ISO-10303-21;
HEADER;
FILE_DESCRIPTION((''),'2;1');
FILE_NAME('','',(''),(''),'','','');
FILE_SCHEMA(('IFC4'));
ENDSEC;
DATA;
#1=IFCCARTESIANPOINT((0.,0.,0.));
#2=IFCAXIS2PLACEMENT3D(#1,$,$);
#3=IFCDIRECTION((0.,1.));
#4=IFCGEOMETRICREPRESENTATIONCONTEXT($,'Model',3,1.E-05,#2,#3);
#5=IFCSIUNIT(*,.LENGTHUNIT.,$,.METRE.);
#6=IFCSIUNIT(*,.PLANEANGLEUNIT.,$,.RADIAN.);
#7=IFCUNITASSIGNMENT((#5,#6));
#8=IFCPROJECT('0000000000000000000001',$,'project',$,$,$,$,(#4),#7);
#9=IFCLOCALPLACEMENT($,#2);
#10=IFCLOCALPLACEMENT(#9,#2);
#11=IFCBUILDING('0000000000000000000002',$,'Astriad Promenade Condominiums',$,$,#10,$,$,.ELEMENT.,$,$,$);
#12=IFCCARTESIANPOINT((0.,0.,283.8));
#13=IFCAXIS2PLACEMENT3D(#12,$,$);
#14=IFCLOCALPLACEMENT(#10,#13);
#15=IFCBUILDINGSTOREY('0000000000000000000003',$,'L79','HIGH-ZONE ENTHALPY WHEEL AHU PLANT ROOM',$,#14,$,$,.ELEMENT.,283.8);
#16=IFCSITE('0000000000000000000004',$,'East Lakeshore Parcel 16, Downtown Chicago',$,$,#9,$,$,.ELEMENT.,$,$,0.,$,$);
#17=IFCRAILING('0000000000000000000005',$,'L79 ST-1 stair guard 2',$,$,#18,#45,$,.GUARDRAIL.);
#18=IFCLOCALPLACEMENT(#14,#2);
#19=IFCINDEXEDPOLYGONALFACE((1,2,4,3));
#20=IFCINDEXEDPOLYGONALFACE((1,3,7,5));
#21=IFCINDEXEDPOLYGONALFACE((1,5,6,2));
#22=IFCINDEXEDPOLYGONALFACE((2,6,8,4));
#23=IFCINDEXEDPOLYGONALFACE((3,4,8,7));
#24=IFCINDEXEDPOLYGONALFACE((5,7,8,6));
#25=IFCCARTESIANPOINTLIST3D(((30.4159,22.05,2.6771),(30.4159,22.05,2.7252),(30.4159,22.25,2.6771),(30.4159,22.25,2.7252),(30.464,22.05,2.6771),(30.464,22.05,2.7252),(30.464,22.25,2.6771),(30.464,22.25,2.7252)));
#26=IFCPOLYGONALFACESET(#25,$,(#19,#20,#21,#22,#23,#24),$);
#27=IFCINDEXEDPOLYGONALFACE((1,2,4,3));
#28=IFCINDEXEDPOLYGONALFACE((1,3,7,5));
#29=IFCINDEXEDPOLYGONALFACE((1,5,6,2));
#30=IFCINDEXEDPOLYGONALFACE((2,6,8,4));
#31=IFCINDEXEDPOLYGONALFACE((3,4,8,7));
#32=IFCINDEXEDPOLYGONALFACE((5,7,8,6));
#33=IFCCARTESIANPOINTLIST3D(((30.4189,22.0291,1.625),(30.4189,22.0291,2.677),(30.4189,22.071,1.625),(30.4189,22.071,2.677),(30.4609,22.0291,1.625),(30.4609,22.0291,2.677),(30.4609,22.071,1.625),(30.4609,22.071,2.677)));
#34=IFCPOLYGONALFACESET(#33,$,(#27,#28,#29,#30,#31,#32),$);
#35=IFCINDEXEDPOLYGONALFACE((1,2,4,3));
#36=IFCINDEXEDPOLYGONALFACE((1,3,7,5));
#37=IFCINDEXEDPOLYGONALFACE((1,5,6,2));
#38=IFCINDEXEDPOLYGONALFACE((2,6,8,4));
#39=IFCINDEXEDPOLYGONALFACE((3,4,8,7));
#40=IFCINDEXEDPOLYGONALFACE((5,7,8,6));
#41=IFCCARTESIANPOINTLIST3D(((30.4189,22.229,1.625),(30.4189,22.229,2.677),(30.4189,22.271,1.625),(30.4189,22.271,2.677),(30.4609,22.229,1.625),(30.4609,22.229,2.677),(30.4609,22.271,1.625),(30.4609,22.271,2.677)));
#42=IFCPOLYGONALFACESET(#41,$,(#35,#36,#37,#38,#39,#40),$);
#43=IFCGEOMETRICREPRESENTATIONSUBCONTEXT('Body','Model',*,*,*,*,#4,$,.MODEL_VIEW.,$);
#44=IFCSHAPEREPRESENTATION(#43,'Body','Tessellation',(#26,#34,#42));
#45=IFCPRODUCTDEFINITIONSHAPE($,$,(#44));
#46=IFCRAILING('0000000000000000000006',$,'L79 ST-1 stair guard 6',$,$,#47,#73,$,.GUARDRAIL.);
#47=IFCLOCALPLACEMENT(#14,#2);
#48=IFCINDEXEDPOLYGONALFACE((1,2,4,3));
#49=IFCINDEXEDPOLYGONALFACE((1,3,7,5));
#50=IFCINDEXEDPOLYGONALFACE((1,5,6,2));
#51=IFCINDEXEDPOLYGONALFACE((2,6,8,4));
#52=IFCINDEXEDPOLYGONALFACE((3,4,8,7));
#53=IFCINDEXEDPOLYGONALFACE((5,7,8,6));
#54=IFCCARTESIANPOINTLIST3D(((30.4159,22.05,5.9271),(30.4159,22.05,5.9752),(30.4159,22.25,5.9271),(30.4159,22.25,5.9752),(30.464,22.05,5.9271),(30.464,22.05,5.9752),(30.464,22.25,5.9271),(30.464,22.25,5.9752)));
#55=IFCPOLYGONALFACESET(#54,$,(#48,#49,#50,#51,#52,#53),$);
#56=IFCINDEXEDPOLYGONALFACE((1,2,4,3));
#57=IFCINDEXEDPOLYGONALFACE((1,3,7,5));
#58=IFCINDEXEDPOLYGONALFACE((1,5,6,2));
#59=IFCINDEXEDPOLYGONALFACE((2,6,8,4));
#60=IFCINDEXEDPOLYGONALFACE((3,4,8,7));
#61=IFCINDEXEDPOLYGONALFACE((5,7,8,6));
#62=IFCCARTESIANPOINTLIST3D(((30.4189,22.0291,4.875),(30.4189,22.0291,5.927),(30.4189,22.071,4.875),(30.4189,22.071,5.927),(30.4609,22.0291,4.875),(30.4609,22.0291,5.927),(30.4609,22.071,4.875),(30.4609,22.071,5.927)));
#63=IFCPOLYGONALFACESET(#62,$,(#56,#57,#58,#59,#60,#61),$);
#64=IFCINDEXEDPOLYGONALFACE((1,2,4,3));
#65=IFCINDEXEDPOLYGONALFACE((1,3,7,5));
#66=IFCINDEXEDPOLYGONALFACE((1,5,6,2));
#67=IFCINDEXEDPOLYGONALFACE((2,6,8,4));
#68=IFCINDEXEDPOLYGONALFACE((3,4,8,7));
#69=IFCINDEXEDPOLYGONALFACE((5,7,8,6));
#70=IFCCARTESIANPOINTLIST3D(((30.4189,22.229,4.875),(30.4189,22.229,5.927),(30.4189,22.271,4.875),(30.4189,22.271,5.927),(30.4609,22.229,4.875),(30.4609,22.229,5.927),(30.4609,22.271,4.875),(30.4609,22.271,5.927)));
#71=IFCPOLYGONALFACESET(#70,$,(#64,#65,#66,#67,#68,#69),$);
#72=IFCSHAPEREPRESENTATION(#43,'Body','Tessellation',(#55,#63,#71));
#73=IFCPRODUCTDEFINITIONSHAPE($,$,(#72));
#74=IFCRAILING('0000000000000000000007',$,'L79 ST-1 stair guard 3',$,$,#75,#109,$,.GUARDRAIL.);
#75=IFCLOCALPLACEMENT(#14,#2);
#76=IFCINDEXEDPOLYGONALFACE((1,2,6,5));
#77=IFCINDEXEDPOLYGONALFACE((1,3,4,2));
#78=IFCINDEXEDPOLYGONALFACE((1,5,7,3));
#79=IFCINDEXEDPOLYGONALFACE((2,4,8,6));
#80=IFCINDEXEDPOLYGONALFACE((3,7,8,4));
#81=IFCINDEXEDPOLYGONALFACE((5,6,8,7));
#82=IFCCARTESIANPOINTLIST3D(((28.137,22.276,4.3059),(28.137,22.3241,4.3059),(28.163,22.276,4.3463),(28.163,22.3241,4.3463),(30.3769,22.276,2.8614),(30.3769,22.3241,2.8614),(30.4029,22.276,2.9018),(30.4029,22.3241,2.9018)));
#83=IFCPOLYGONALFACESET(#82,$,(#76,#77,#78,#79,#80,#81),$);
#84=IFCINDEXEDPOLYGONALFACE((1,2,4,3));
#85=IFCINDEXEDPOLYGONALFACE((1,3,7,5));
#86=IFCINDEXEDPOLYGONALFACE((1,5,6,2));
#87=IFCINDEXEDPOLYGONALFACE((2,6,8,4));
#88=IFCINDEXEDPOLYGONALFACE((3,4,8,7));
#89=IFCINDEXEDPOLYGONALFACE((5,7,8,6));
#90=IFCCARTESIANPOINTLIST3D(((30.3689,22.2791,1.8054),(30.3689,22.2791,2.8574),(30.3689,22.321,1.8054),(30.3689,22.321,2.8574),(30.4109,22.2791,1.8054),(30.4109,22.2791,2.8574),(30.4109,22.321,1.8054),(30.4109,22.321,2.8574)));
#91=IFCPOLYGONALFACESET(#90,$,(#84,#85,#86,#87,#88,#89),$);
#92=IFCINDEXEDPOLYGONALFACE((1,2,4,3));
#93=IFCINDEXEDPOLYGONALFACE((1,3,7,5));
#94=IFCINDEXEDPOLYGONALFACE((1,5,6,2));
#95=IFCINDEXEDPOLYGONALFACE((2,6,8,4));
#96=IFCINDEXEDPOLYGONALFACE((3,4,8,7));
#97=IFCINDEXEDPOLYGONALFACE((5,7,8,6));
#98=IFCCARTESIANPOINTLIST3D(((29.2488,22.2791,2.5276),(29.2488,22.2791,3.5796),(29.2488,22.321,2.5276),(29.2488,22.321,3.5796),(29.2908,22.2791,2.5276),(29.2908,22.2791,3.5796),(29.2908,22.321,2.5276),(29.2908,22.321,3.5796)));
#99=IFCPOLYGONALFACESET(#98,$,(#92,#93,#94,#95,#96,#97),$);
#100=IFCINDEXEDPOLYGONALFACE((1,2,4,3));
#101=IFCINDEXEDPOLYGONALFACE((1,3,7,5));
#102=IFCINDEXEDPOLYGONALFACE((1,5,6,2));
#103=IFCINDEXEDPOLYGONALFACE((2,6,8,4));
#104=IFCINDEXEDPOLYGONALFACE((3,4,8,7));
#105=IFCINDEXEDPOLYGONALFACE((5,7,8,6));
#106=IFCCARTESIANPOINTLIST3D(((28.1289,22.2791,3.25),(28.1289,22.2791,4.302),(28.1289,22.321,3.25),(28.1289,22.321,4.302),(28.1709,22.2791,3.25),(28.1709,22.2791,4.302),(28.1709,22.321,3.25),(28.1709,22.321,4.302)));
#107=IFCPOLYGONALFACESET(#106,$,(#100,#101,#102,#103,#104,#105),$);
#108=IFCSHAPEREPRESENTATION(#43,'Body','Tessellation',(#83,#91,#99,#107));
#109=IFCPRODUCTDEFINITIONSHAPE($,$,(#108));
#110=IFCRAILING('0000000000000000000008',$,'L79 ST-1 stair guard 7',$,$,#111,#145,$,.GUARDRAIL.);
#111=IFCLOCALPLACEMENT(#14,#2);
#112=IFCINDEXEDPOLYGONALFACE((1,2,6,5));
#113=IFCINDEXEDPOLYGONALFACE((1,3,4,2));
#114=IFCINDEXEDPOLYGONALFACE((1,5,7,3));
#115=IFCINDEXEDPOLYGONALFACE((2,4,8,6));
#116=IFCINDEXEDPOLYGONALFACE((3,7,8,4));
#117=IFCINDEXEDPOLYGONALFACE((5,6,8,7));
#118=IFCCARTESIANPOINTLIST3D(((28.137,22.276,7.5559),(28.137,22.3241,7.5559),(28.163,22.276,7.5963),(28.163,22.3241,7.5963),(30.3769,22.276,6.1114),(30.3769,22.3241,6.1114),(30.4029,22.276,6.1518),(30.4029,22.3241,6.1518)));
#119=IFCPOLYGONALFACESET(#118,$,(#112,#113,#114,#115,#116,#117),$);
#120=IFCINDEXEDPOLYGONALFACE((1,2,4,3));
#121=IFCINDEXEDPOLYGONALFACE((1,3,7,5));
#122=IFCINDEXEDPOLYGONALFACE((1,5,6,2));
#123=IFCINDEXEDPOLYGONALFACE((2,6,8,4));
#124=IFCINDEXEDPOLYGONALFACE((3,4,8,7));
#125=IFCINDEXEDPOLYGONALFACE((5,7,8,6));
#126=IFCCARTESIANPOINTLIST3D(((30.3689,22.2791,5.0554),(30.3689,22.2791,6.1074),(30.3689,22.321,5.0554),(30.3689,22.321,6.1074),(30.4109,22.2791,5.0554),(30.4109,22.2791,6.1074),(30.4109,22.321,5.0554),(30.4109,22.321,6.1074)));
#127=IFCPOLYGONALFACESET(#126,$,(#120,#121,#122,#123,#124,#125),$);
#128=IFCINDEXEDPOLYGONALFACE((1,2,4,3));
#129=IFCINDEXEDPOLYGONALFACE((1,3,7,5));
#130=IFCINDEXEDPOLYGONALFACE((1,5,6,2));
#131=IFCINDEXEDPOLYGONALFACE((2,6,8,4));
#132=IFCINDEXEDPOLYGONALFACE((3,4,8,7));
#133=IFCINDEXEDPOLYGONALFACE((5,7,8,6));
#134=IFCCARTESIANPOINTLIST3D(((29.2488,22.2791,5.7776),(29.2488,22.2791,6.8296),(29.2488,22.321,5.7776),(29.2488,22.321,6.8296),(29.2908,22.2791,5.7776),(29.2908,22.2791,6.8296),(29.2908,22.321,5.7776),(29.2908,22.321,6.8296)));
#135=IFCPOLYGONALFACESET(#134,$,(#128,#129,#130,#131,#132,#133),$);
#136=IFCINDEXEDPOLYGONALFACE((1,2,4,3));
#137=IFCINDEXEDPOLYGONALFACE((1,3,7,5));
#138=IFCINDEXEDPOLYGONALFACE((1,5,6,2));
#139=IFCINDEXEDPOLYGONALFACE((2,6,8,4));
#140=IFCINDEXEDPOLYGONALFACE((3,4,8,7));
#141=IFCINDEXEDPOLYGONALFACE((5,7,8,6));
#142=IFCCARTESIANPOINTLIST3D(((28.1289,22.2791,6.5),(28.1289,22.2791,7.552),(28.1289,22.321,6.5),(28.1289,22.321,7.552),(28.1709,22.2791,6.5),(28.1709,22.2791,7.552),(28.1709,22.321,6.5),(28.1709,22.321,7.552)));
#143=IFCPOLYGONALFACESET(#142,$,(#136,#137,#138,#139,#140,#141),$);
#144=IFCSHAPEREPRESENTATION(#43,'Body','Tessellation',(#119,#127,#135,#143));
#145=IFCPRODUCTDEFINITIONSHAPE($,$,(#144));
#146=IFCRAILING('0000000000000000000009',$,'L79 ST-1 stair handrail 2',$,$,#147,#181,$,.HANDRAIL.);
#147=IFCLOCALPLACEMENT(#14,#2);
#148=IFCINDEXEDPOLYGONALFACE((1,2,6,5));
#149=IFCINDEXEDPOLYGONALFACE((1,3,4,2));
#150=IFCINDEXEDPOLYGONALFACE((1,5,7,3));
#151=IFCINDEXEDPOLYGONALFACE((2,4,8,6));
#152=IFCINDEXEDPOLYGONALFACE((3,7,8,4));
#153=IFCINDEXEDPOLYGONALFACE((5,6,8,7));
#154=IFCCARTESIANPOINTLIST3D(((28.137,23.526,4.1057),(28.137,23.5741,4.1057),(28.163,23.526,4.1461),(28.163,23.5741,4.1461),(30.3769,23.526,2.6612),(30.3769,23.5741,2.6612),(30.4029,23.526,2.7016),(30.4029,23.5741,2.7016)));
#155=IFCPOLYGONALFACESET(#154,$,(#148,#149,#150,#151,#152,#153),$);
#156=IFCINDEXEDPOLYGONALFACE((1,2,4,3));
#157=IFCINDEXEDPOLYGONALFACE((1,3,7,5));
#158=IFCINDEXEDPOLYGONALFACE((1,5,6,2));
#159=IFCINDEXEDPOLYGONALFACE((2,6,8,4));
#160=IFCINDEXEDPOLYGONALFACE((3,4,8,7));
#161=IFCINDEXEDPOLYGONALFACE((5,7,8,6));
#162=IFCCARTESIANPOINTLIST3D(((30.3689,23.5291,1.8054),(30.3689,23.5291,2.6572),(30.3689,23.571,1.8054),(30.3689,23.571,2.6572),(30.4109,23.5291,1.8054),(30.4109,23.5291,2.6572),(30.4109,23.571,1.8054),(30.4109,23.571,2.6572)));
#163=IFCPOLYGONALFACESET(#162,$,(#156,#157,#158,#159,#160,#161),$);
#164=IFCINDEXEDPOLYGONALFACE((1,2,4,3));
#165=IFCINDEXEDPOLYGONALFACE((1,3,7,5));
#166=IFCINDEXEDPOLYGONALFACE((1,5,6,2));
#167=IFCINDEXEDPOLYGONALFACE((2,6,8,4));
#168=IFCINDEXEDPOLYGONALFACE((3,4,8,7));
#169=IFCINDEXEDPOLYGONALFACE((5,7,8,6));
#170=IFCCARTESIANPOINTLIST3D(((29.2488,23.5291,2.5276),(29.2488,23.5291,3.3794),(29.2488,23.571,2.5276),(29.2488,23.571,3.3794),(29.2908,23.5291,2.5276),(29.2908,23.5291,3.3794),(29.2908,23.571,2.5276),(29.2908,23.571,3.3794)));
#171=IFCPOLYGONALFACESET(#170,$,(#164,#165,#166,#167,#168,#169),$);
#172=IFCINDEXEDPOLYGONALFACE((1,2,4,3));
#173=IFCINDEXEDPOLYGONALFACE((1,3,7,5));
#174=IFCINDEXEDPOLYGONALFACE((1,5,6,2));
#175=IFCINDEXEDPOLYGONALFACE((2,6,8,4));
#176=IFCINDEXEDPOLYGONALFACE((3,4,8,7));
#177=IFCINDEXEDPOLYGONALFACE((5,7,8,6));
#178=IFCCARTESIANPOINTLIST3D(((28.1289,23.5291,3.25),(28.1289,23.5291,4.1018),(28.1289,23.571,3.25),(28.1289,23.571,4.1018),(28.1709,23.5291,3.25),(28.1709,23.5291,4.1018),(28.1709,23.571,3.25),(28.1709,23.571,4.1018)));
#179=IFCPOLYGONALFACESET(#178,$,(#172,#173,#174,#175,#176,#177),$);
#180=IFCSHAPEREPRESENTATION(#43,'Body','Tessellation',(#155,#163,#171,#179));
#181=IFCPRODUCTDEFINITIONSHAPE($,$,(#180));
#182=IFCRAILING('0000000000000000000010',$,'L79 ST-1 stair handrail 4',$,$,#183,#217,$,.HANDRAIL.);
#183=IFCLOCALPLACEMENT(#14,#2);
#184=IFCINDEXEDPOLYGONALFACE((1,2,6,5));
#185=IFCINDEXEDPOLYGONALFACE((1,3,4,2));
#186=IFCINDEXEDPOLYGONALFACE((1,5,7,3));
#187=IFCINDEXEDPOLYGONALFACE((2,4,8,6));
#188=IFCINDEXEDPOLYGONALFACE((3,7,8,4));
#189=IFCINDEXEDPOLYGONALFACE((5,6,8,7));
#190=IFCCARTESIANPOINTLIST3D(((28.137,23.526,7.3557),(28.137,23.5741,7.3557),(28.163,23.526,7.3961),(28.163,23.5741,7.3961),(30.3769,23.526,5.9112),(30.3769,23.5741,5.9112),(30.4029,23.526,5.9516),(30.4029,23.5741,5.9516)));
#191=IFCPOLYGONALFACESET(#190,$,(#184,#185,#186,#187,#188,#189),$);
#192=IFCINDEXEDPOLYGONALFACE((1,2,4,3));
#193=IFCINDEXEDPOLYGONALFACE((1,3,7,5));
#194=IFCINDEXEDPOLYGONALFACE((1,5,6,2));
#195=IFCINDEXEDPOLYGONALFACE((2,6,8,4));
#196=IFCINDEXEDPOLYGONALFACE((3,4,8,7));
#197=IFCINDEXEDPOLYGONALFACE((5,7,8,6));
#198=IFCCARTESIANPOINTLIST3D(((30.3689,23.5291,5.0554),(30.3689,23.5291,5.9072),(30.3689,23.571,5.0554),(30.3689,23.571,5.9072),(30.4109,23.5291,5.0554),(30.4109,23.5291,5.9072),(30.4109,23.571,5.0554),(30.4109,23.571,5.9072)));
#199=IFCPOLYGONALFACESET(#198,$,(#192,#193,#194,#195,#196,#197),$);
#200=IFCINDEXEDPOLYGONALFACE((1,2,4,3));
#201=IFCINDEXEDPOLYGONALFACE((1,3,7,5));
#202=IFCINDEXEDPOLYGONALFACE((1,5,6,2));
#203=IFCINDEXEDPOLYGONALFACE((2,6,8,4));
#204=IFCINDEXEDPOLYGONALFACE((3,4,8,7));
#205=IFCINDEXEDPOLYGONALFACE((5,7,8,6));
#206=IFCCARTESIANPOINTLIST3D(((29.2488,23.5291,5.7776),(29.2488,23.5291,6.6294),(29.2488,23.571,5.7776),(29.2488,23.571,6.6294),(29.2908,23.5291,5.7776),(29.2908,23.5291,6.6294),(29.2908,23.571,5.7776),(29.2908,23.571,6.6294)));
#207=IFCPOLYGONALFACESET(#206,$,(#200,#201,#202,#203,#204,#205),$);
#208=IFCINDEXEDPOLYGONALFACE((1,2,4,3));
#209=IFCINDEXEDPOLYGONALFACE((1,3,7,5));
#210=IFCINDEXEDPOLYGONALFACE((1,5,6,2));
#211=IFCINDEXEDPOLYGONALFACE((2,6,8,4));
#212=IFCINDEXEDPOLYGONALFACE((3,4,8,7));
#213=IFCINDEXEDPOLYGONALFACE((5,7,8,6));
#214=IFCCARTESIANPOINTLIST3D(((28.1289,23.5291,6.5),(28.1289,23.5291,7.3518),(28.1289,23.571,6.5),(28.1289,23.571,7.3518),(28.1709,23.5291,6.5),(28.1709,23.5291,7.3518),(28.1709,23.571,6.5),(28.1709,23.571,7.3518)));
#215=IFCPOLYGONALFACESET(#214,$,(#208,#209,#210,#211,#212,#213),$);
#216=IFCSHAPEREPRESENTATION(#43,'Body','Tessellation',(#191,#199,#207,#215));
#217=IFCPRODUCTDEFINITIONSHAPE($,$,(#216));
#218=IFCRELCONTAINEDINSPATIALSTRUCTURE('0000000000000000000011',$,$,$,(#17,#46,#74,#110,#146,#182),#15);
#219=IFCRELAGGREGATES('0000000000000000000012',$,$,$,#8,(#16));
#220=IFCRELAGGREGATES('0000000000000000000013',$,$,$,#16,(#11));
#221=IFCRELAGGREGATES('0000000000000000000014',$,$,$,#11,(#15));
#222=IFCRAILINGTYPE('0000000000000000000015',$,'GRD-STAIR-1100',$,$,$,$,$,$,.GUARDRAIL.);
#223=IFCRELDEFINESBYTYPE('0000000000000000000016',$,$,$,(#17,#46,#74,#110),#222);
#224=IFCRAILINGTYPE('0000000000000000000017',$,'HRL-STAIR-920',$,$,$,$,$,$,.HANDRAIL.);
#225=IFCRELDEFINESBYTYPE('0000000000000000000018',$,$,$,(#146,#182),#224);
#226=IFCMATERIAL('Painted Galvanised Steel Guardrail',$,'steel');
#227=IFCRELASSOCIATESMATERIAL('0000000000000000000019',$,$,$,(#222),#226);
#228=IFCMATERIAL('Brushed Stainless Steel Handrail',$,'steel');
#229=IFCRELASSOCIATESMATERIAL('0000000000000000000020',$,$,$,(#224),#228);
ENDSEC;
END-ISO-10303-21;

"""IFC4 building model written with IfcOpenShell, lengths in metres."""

from ifc_helpers import new_model, si_unit, direction, frame, origin, origin_2d, place, context, subcontext, project, spatial, rectangle, extrude, source, transform, mapped, material, type_object, type_shapes, element, save


model = new_model("IFC4")

# Units and contexts
model_context = context("Model", 3, precision=1e-05, world=origin(), true_north=direction((0.0, 1.0)))
body_context = subcontext(model_context, "Body", "Model", "MODEL_VIEW")
ifc_project = project(units=[si_unit("LENGTHUNIT", "METRE"), si_unit("PLANEANGLEUNIT", "RADIAN")], contexts=[model_context])

# Site, building, storey
site_placement = place(None, origin())
site = spatial("IfcSite", under=ifc_project, at=site_placement, Name="East Lakeshore Parcel 16, Downtown Chicago", CompositionType="ELEMENT", RefElevation=0.0)
building_placement = place(site_placement, origin())
building = spatial("IfcBuilding", under=site, at=building_placement, Name="Astriad Promenade Condominiums", CompositionType="ELEMENT")
storey_placement = place(building_placement, frame((0.0, 0.0, 283.8)))
storey = spatial("IfcBuildingStorey", under=building, at=storey_placement, Name="L79", Description="HIGH-ZONE ENTHALPY WHEEL AHU PLANT ROOM", CompositionType="ELEMENT", Elevation=283.8)

# Railings
ifc_material_1 = material(Name="Painted Galvanised Steel Guardrail", Category="steel")
railing_type_1 = type_object("IfcRailingType", Name="GRD-STAIR-1100", PredefinedType="GUARDRAIL", material=ifc_material_1)
shared_shape_1 = source(origin(), body_context, "Body", "SweptSolid", [
    extrude(rectangle(XDim=0.0481, YDim=0.0481, at=origin_2d()), frame((0.0, 0.0, 1.0762), z_axis=(0.0, 1.0, 0.0), x_axis=(-1.0, 0.0, 0.0)), (0.0, 0.0, 1.0), 0.2),
    extrude(rectangle(XDim=0.042, YDim=0.042, at=origin_2d()), origin(), (0.0, 0.0, 1.0), 1.052),
    extrude(rectangle(XDim=0.042, YDim=0.042, at=origin_2d()), frame((0.0, 0.2, 0.0)), (0.0, 0.0, 1.0), 1.052),
])
for number, where, name in (
    (1, (30.4399, 22.05, 1.625), "L79 ST-1 stair guard 2"),
    (2, (30.4399, 22.05, 4.875), "L79 ST-1 stair guard 6"),
):
    element("IfcRailing", number, at=place(storey_placement, frame(where)), inside=storey, type_object=railing_type_1, Name=name, PredefinedType="GUARDRAIL", context=body_context, shape_type="MappedRepresentation", body=[
        mapped(shared_shape_1, transform((0.0, 0.0, 0.0), scale=1.0)),
    ])
shared_shape_2 = source(origin(), body_context, "Body", "SweptSolid", [
    extrude(rectangle(XDim=0.0481, YDim=0.0481, at=origin_2d()), frame((0.0, 0.0, 1.0762), z_axis=(-0.840395, 0.0, 0.541975), x_axis=(0.0, -1.0, 0.0)), (0.0, 0.0, 1.0), 2.6653),
    extrude(rectangle(XDim=0.042, YDim=0.042, at=origin_2d()), origin(), (0.0, 0.0, 1.0), 1.052),
    extrude(rectangle(XDim=0.042, YDim=0.042, at=origin_2d()), frame((-1.1201, 0.0, 0.7222)), (0.0, 0.0, 1.0), 1.052),
    extrude(rectangle(XDim=0.042, YDim=0.042, at=origin_2d()), frame((-2.24, 0.0, 1.4446)), (0.0, 0.0, 1.0), 1.052),
])
type_shapes(railing_type_1, [shared_shape_1, shared_shape_2])
for number, where, name in (
    (3, (30.3899, 22.3, 1.8054), "L79 ST-1 stair guard 3"),
    (4, (30.3899, 22.3, 5.0554), "L79 ST-1 stair guard 7"),
):
    element("IfcRailing", number, at=place(storey_placement, frame(where)), inside=storey, type_object=railing_type_1, Name=name, PredefinedType="GUARDRAIL", context=body_context, shape_type="MappedRepresentation", body=[
        mapped(shared_shape_2, transform((0.0, 0.0, 0.0), scale=1.0)),
    ])
ifc_material_2 = material(Name="Brushed Stainless Steel Handrail", Category="steel")
railing_type_2 = type_object("IfcRailingType", Name="HRL-STAIR-920", PredefinedType="HANDRAIL", material=ifc_material_2)
shared_shape_3 = source(origin(), body_context, "Body", "SweptSolid", [
    extrude(rectangle(XDim=0.0481, YDim=0.0481, at=origin_2d()), frame((0.0, 0.0, 0.876), z_axis=(-0.840395, 0.0, 0.541975), x_axis=(0.0, -1.0, 0.0)), (0.0, 0.0, 1.0), 2.6653),
    extrude(rectangle(XDim=0.042, YDim=0.042, at=origin_2d()), origin(), (0.0, 0.0, 1.0), 0.8518),
    extrude(rectangle(XDim=0.042, YDim=0.042, at=origin_2d()), frame((-1.1201, 0.0, 0.7222)), (0.0, 0.0, 1.0), 0.8518),
    extrude(rectangle(XDim=0.042, YDim=0.042, at=origin_2d()), frame((-2.24, 0.0, 1.4446)), (0.0, 0.0, 1.0), 0.8518),
])
type_shapes(railing_type_2, [shared_shape_3])
for number, where, name in (
    (5, (30.3899, 23.55, 1.8054), "L79 ST-1 stair handrail 2"),
    (6, (30.3899, 23.55, 5.0554), "L79 ST-1 stair handrail 4"),
):
    element("IfcRailing", number, at=place(storey_placement, frame(where)), inside=storey, type_object=railing_type_2, Name=name, PredefinedType="HANDRAIL", context=body_context, shape_type="MappedRepresentation", body=[
        mapped(shared_shape_3, transform((0.0, 0.0, 0.0), scale=1.0)),
    ])

save(model, "model.ifc")
